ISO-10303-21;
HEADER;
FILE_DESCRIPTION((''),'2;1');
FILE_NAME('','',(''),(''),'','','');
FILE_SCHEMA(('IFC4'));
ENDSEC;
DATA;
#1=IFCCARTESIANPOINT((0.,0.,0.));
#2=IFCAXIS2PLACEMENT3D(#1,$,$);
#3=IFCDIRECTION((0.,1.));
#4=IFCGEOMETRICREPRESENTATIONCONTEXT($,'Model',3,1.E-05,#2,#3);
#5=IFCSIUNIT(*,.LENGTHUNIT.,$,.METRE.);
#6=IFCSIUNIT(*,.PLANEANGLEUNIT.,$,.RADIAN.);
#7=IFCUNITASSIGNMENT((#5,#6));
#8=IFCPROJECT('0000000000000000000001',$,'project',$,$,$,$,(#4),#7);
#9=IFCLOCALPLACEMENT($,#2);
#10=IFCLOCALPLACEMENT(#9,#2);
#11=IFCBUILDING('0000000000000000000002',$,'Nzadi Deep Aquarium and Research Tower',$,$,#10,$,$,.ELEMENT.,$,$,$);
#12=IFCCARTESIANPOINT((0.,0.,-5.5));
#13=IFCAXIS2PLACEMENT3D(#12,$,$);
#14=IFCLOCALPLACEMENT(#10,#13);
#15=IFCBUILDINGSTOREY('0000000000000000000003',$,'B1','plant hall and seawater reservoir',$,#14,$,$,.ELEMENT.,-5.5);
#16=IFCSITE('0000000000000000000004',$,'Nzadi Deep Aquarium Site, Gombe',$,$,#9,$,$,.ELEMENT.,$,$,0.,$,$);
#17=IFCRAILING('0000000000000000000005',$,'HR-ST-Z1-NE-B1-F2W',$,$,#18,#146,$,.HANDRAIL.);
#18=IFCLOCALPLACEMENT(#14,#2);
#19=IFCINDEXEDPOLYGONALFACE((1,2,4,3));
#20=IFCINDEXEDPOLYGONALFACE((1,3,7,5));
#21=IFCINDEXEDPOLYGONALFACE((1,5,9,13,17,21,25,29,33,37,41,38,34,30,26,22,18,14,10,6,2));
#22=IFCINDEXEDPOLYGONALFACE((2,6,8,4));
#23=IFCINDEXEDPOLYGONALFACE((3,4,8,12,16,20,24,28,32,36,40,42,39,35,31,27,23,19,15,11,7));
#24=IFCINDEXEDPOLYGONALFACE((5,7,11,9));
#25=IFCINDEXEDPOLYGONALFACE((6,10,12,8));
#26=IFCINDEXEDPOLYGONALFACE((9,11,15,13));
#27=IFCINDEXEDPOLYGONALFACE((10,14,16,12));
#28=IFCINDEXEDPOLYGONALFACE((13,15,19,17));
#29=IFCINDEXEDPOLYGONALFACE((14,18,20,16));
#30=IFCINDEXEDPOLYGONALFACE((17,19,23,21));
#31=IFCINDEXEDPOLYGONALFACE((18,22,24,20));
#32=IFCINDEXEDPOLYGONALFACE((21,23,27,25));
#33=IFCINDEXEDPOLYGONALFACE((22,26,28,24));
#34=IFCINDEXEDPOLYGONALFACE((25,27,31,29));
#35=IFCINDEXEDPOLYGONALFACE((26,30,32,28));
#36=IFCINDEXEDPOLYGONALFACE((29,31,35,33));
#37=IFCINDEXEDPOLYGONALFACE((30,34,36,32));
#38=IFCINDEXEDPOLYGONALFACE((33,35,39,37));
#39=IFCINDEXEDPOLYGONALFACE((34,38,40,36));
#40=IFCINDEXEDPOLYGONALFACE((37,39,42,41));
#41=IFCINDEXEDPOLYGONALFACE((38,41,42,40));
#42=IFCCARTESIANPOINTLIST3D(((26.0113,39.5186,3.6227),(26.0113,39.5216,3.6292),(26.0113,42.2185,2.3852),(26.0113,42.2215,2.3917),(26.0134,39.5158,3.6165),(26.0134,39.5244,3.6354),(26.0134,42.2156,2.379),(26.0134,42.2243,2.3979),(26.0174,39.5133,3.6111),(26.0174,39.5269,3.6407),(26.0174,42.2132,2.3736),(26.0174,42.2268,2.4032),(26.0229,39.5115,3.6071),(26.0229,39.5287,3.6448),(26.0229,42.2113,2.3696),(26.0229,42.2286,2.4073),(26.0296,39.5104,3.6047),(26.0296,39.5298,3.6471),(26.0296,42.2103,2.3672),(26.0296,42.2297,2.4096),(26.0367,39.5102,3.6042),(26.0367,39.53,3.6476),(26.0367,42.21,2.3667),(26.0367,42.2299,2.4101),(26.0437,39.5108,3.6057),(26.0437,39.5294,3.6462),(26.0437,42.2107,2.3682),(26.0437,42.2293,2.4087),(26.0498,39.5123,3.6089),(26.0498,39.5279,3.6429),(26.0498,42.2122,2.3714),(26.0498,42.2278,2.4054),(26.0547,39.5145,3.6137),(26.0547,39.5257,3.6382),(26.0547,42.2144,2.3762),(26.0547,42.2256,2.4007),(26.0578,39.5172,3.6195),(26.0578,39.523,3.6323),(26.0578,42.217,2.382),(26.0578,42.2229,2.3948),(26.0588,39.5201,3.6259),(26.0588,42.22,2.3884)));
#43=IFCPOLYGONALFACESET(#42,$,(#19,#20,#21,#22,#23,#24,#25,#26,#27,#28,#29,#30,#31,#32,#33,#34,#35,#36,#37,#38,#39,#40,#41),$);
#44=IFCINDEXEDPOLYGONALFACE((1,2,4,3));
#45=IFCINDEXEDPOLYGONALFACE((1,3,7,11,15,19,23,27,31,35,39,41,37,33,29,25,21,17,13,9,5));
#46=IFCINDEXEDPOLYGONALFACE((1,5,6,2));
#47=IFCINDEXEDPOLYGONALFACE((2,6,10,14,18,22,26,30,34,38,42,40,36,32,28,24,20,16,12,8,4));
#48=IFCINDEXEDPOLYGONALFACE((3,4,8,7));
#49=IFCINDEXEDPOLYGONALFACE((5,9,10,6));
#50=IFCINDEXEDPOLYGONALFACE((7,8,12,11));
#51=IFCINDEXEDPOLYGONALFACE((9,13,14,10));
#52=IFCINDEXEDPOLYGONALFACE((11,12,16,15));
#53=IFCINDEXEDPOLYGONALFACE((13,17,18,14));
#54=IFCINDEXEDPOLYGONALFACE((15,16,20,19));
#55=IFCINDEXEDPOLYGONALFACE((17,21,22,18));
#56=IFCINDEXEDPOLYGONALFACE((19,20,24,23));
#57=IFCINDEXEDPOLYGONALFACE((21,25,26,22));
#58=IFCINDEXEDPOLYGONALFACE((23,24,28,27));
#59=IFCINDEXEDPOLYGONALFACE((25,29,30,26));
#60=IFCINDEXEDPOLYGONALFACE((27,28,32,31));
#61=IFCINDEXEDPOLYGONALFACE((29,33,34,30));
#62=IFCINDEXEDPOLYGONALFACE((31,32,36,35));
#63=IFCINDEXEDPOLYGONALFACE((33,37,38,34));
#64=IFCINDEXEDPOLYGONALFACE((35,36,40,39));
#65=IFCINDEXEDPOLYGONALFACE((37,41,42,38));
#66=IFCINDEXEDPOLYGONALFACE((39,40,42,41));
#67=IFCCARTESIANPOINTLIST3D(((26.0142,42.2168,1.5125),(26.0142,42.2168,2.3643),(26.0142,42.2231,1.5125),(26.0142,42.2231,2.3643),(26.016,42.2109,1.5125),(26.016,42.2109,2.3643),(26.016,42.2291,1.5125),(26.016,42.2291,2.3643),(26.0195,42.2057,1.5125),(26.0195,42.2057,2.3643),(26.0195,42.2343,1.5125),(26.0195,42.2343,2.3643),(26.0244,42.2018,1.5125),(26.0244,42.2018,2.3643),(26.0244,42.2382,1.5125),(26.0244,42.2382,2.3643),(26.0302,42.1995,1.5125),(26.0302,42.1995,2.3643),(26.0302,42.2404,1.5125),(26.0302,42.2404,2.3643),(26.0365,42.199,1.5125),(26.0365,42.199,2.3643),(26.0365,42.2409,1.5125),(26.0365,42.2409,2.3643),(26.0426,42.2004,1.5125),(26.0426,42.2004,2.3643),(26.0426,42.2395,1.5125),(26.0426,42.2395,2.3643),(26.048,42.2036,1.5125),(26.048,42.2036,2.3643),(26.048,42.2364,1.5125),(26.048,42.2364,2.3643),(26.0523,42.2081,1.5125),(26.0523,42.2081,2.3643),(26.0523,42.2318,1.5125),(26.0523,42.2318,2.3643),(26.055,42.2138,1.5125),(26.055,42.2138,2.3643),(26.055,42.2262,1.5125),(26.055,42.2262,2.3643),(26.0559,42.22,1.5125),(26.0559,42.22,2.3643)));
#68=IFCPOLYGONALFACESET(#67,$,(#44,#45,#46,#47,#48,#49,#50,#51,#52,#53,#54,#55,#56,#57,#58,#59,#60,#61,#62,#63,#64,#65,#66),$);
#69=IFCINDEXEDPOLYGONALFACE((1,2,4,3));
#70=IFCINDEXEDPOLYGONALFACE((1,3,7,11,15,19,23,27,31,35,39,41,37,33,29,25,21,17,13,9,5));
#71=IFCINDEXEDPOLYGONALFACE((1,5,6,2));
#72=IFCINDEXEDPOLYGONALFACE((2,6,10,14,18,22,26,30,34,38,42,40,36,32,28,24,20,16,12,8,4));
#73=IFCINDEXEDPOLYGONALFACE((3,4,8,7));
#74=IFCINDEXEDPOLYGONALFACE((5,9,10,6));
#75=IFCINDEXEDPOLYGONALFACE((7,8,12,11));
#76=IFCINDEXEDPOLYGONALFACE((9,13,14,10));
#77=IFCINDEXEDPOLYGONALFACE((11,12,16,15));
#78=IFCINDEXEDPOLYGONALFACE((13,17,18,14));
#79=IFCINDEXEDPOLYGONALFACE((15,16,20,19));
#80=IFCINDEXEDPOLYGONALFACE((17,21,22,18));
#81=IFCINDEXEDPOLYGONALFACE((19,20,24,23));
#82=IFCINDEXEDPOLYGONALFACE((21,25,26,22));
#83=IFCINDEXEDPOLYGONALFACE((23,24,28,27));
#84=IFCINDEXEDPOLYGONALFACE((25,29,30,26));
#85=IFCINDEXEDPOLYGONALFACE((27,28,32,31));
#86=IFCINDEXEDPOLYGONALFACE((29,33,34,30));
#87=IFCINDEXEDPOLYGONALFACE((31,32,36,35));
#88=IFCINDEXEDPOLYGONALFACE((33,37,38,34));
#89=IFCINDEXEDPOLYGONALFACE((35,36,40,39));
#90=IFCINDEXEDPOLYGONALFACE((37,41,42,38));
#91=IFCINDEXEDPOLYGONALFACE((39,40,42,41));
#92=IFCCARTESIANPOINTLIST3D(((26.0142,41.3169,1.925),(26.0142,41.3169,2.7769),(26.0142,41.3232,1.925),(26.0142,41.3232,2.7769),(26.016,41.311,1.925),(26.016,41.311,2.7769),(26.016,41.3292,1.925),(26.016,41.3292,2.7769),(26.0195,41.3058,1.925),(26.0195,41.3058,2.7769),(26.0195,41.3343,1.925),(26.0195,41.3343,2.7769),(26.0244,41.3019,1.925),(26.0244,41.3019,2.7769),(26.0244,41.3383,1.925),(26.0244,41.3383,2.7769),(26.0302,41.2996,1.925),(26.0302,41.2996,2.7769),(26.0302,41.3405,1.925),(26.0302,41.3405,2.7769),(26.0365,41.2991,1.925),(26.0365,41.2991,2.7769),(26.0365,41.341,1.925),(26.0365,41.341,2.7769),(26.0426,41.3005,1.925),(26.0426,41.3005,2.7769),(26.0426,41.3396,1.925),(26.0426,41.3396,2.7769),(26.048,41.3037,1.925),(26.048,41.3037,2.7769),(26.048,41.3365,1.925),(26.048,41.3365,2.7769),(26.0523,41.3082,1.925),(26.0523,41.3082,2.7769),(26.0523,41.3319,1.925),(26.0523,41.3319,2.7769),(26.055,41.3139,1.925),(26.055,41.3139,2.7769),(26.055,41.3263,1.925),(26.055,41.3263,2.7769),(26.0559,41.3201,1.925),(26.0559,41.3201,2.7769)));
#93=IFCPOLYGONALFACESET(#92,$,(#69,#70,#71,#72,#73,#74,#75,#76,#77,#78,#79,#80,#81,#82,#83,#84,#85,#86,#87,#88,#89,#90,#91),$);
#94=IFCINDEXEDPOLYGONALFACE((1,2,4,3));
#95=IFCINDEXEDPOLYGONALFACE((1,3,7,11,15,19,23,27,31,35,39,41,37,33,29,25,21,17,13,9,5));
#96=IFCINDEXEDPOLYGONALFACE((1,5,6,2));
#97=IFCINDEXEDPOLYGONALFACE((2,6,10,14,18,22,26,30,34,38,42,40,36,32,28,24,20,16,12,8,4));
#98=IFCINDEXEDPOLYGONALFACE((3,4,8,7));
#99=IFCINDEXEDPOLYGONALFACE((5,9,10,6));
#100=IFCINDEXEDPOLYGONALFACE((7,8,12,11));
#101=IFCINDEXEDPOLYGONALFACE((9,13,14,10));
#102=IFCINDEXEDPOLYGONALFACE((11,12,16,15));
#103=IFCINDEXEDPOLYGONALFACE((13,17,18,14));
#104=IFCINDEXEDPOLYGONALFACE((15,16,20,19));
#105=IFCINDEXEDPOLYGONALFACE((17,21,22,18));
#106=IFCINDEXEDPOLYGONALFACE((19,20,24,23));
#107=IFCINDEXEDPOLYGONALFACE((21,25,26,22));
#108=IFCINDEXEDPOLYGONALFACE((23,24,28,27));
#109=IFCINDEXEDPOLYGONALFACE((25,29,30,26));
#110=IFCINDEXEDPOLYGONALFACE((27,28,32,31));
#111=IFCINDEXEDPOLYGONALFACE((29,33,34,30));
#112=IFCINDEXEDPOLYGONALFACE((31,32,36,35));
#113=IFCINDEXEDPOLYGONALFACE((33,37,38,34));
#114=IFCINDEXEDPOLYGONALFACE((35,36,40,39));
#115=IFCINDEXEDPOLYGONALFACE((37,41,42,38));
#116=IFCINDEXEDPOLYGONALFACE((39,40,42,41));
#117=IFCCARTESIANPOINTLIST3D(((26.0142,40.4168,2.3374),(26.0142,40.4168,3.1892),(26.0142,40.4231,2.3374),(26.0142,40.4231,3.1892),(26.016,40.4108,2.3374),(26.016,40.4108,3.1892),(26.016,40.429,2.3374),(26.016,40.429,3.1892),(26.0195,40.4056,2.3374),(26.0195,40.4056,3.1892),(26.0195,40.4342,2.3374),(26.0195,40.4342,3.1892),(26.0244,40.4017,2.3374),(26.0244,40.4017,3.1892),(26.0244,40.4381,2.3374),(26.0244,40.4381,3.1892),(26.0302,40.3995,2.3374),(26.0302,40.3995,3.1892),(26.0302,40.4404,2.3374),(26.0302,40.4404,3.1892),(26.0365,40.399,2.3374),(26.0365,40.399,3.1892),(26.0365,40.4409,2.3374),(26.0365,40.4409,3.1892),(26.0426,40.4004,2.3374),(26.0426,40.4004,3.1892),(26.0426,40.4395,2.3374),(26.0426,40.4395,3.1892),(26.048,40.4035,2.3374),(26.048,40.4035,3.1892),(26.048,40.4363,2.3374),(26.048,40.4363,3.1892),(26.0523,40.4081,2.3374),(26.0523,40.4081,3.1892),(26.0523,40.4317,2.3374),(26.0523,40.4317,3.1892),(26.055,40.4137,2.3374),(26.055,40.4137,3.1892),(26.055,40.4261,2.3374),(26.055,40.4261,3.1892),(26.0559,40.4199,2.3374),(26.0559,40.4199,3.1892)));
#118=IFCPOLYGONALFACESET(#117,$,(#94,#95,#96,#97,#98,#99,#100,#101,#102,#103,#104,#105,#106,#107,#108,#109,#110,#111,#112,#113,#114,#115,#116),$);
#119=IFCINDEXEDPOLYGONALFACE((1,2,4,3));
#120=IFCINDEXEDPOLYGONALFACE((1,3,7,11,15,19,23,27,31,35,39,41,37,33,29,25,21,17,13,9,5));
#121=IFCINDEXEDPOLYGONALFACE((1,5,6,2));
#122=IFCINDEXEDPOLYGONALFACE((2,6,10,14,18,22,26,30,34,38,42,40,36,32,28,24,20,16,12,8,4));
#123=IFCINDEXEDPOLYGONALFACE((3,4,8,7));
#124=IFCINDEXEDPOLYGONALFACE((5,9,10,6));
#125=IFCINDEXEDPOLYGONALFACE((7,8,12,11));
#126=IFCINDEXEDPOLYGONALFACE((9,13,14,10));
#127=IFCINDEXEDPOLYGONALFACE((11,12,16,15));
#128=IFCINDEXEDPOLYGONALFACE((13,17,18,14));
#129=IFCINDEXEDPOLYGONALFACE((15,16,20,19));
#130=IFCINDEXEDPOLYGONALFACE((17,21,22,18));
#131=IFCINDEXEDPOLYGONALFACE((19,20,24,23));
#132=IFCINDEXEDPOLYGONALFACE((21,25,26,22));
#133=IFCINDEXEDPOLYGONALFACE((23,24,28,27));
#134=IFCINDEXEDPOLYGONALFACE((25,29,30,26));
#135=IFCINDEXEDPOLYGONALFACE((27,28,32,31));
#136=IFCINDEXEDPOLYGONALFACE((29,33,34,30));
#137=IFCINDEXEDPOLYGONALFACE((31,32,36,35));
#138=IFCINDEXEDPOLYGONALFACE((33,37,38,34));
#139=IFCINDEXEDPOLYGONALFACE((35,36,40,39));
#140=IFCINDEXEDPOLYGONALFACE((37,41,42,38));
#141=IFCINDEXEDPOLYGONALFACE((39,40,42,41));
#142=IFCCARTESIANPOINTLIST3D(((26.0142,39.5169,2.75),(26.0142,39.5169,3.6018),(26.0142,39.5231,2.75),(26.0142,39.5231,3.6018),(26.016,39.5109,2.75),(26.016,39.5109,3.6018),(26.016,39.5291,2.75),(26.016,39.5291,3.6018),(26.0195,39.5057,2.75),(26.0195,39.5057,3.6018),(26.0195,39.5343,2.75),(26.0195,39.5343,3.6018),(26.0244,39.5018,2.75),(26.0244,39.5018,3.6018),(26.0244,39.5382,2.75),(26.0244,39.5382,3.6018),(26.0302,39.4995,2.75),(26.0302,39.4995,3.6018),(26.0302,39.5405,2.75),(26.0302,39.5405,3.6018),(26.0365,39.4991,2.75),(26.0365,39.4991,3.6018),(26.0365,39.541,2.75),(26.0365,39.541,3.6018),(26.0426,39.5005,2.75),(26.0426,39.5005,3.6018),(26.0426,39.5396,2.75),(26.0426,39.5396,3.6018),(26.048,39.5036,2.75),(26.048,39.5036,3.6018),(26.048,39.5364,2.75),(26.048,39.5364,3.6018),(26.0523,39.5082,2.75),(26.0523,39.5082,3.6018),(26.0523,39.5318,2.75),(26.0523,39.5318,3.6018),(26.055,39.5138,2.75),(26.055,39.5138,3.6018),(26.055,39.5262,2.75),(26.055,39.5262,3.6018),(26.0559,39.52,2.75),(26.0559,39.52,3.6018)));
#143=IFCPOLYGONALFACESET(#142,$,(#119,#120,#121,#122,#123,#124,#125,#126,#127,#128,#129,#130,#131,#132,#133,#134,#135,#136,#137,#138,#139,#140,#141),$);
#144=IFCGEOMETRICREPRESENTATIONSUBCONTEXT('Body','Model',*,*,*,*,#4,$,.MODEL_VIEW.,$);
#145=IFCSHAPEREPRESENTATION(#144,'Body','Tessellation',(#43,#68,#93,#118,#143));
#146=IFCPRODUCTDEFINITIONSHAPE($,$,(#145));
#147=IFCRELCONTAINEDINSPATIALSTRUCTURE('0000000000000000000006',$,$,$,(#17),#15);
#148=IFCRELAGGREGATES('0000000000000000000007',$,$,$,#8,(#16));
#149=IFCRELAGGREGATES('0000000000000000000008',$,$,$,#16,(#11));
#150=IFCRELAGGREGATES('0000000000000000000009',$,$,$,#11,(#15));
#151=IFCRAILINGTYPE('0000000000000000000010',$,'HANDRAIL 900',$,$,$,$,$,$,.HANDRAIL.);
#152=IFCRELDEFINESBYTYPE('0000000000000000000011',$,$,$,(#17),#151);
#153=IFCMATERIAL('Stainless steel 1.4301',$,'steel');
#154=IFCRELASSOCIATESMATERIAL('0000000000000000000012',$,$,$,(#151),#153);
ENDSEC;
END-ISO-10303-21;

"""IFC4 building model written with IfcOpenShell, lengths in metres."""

from ifc_helpers import new_model, si_unit, direction, frame, origin, origin_2d, place, context, subcontext, project, spatial, circle, extrude, material, type_object, element, save


model = new_model("IFC4")

# Units and contexts
model_context = context("Model", 3, precision=1e-05, world=origin(), true_north=direction((0.0, 1.0)))
body_context = subcontext(model_context, "Body", "Model", "MODEL_VIEW")
ifc_project = project(units=[si_unit("LENGTHUNIT", "METRE"), si_unit("PLANEANGLEUNIT", "RADIAN")], contexts=[model_context])

# Site, building, storey
site_placement = place(None, origin())
site = spatial("IfcSite", under=ifc_project, at=site_placement, Name="Nzadi Deep Aquarium Site, Gombe", CompositionType="ELEMENT", RefElevation=0.0)
building_placement = place(site_placement, origin())
building = spatial("IfcBuilding", under=site, at=building_placement, Name="Nzadi Deep Aquarium and Research Tower", CompositionType="ELEMENT")
storey_placement = place(building_placement, frame((0.0, 0.0, -5.5)))
storey = spatial("IfcBuildingStorey", under=building, at=storey_placement, Name="B1", Description="plant hall and seawater reservoir", CompositionType="ELEMENT", Elevation=-5.5)

# Railing
ifc_material_1 = material(Name="Stainless steel 1.4301", Category="steel")
railing_type = type_object("IfcRailingType", Name="HANDRAIL 900", PredefinedType="HANDRAIL", material=ifc_material_1)
for number, where, name in (
    (1, (26.0349, 42.22, 1.5125), "HR-ST-Z1-NE-B1-F2W"),
):
    element("IfcRailing", number, at=place(storey_placement, frame(where)), inside=storey, type_object=railing_type, Name=name, PredefinedType="HANDRAIL", context=body_context, shape_type="SweptSolid", body=[
        extrude(circle(Radius=0.0239, at=origin_2d()), frame((0.0, 0.0, 0.876), z_axis=(0.0, -0.909056, 0.416675), x_axis=(1.0, 0.0, 0.0)), (0.0, 0.0, 1.0), 2.97),
        extrude(circle(Radius=0.021, at=origin_2d()), origin(), (0.0, 0.0, 1.0), 0.8518),
        extrude(circle(Radius=0.021, at=origin_2d()), frame((0.0, -0.8999, 0.4126)), (0.0, 0.0, 1.0), 0.8518),
        extrude(circle(Radius=0.021, at=origin_2d()), frame((0.0, -1.8, 0.825)), (0.0, 0.0, 1.0), 0.8518),
        extrude(circle(Radius=0.021, at=origin_2d()), frame((0.0, -2.7, 1.2375)), (0.0, 0.0, 1.0), 0.8518),
    ])

save(model, "model.ifc")
